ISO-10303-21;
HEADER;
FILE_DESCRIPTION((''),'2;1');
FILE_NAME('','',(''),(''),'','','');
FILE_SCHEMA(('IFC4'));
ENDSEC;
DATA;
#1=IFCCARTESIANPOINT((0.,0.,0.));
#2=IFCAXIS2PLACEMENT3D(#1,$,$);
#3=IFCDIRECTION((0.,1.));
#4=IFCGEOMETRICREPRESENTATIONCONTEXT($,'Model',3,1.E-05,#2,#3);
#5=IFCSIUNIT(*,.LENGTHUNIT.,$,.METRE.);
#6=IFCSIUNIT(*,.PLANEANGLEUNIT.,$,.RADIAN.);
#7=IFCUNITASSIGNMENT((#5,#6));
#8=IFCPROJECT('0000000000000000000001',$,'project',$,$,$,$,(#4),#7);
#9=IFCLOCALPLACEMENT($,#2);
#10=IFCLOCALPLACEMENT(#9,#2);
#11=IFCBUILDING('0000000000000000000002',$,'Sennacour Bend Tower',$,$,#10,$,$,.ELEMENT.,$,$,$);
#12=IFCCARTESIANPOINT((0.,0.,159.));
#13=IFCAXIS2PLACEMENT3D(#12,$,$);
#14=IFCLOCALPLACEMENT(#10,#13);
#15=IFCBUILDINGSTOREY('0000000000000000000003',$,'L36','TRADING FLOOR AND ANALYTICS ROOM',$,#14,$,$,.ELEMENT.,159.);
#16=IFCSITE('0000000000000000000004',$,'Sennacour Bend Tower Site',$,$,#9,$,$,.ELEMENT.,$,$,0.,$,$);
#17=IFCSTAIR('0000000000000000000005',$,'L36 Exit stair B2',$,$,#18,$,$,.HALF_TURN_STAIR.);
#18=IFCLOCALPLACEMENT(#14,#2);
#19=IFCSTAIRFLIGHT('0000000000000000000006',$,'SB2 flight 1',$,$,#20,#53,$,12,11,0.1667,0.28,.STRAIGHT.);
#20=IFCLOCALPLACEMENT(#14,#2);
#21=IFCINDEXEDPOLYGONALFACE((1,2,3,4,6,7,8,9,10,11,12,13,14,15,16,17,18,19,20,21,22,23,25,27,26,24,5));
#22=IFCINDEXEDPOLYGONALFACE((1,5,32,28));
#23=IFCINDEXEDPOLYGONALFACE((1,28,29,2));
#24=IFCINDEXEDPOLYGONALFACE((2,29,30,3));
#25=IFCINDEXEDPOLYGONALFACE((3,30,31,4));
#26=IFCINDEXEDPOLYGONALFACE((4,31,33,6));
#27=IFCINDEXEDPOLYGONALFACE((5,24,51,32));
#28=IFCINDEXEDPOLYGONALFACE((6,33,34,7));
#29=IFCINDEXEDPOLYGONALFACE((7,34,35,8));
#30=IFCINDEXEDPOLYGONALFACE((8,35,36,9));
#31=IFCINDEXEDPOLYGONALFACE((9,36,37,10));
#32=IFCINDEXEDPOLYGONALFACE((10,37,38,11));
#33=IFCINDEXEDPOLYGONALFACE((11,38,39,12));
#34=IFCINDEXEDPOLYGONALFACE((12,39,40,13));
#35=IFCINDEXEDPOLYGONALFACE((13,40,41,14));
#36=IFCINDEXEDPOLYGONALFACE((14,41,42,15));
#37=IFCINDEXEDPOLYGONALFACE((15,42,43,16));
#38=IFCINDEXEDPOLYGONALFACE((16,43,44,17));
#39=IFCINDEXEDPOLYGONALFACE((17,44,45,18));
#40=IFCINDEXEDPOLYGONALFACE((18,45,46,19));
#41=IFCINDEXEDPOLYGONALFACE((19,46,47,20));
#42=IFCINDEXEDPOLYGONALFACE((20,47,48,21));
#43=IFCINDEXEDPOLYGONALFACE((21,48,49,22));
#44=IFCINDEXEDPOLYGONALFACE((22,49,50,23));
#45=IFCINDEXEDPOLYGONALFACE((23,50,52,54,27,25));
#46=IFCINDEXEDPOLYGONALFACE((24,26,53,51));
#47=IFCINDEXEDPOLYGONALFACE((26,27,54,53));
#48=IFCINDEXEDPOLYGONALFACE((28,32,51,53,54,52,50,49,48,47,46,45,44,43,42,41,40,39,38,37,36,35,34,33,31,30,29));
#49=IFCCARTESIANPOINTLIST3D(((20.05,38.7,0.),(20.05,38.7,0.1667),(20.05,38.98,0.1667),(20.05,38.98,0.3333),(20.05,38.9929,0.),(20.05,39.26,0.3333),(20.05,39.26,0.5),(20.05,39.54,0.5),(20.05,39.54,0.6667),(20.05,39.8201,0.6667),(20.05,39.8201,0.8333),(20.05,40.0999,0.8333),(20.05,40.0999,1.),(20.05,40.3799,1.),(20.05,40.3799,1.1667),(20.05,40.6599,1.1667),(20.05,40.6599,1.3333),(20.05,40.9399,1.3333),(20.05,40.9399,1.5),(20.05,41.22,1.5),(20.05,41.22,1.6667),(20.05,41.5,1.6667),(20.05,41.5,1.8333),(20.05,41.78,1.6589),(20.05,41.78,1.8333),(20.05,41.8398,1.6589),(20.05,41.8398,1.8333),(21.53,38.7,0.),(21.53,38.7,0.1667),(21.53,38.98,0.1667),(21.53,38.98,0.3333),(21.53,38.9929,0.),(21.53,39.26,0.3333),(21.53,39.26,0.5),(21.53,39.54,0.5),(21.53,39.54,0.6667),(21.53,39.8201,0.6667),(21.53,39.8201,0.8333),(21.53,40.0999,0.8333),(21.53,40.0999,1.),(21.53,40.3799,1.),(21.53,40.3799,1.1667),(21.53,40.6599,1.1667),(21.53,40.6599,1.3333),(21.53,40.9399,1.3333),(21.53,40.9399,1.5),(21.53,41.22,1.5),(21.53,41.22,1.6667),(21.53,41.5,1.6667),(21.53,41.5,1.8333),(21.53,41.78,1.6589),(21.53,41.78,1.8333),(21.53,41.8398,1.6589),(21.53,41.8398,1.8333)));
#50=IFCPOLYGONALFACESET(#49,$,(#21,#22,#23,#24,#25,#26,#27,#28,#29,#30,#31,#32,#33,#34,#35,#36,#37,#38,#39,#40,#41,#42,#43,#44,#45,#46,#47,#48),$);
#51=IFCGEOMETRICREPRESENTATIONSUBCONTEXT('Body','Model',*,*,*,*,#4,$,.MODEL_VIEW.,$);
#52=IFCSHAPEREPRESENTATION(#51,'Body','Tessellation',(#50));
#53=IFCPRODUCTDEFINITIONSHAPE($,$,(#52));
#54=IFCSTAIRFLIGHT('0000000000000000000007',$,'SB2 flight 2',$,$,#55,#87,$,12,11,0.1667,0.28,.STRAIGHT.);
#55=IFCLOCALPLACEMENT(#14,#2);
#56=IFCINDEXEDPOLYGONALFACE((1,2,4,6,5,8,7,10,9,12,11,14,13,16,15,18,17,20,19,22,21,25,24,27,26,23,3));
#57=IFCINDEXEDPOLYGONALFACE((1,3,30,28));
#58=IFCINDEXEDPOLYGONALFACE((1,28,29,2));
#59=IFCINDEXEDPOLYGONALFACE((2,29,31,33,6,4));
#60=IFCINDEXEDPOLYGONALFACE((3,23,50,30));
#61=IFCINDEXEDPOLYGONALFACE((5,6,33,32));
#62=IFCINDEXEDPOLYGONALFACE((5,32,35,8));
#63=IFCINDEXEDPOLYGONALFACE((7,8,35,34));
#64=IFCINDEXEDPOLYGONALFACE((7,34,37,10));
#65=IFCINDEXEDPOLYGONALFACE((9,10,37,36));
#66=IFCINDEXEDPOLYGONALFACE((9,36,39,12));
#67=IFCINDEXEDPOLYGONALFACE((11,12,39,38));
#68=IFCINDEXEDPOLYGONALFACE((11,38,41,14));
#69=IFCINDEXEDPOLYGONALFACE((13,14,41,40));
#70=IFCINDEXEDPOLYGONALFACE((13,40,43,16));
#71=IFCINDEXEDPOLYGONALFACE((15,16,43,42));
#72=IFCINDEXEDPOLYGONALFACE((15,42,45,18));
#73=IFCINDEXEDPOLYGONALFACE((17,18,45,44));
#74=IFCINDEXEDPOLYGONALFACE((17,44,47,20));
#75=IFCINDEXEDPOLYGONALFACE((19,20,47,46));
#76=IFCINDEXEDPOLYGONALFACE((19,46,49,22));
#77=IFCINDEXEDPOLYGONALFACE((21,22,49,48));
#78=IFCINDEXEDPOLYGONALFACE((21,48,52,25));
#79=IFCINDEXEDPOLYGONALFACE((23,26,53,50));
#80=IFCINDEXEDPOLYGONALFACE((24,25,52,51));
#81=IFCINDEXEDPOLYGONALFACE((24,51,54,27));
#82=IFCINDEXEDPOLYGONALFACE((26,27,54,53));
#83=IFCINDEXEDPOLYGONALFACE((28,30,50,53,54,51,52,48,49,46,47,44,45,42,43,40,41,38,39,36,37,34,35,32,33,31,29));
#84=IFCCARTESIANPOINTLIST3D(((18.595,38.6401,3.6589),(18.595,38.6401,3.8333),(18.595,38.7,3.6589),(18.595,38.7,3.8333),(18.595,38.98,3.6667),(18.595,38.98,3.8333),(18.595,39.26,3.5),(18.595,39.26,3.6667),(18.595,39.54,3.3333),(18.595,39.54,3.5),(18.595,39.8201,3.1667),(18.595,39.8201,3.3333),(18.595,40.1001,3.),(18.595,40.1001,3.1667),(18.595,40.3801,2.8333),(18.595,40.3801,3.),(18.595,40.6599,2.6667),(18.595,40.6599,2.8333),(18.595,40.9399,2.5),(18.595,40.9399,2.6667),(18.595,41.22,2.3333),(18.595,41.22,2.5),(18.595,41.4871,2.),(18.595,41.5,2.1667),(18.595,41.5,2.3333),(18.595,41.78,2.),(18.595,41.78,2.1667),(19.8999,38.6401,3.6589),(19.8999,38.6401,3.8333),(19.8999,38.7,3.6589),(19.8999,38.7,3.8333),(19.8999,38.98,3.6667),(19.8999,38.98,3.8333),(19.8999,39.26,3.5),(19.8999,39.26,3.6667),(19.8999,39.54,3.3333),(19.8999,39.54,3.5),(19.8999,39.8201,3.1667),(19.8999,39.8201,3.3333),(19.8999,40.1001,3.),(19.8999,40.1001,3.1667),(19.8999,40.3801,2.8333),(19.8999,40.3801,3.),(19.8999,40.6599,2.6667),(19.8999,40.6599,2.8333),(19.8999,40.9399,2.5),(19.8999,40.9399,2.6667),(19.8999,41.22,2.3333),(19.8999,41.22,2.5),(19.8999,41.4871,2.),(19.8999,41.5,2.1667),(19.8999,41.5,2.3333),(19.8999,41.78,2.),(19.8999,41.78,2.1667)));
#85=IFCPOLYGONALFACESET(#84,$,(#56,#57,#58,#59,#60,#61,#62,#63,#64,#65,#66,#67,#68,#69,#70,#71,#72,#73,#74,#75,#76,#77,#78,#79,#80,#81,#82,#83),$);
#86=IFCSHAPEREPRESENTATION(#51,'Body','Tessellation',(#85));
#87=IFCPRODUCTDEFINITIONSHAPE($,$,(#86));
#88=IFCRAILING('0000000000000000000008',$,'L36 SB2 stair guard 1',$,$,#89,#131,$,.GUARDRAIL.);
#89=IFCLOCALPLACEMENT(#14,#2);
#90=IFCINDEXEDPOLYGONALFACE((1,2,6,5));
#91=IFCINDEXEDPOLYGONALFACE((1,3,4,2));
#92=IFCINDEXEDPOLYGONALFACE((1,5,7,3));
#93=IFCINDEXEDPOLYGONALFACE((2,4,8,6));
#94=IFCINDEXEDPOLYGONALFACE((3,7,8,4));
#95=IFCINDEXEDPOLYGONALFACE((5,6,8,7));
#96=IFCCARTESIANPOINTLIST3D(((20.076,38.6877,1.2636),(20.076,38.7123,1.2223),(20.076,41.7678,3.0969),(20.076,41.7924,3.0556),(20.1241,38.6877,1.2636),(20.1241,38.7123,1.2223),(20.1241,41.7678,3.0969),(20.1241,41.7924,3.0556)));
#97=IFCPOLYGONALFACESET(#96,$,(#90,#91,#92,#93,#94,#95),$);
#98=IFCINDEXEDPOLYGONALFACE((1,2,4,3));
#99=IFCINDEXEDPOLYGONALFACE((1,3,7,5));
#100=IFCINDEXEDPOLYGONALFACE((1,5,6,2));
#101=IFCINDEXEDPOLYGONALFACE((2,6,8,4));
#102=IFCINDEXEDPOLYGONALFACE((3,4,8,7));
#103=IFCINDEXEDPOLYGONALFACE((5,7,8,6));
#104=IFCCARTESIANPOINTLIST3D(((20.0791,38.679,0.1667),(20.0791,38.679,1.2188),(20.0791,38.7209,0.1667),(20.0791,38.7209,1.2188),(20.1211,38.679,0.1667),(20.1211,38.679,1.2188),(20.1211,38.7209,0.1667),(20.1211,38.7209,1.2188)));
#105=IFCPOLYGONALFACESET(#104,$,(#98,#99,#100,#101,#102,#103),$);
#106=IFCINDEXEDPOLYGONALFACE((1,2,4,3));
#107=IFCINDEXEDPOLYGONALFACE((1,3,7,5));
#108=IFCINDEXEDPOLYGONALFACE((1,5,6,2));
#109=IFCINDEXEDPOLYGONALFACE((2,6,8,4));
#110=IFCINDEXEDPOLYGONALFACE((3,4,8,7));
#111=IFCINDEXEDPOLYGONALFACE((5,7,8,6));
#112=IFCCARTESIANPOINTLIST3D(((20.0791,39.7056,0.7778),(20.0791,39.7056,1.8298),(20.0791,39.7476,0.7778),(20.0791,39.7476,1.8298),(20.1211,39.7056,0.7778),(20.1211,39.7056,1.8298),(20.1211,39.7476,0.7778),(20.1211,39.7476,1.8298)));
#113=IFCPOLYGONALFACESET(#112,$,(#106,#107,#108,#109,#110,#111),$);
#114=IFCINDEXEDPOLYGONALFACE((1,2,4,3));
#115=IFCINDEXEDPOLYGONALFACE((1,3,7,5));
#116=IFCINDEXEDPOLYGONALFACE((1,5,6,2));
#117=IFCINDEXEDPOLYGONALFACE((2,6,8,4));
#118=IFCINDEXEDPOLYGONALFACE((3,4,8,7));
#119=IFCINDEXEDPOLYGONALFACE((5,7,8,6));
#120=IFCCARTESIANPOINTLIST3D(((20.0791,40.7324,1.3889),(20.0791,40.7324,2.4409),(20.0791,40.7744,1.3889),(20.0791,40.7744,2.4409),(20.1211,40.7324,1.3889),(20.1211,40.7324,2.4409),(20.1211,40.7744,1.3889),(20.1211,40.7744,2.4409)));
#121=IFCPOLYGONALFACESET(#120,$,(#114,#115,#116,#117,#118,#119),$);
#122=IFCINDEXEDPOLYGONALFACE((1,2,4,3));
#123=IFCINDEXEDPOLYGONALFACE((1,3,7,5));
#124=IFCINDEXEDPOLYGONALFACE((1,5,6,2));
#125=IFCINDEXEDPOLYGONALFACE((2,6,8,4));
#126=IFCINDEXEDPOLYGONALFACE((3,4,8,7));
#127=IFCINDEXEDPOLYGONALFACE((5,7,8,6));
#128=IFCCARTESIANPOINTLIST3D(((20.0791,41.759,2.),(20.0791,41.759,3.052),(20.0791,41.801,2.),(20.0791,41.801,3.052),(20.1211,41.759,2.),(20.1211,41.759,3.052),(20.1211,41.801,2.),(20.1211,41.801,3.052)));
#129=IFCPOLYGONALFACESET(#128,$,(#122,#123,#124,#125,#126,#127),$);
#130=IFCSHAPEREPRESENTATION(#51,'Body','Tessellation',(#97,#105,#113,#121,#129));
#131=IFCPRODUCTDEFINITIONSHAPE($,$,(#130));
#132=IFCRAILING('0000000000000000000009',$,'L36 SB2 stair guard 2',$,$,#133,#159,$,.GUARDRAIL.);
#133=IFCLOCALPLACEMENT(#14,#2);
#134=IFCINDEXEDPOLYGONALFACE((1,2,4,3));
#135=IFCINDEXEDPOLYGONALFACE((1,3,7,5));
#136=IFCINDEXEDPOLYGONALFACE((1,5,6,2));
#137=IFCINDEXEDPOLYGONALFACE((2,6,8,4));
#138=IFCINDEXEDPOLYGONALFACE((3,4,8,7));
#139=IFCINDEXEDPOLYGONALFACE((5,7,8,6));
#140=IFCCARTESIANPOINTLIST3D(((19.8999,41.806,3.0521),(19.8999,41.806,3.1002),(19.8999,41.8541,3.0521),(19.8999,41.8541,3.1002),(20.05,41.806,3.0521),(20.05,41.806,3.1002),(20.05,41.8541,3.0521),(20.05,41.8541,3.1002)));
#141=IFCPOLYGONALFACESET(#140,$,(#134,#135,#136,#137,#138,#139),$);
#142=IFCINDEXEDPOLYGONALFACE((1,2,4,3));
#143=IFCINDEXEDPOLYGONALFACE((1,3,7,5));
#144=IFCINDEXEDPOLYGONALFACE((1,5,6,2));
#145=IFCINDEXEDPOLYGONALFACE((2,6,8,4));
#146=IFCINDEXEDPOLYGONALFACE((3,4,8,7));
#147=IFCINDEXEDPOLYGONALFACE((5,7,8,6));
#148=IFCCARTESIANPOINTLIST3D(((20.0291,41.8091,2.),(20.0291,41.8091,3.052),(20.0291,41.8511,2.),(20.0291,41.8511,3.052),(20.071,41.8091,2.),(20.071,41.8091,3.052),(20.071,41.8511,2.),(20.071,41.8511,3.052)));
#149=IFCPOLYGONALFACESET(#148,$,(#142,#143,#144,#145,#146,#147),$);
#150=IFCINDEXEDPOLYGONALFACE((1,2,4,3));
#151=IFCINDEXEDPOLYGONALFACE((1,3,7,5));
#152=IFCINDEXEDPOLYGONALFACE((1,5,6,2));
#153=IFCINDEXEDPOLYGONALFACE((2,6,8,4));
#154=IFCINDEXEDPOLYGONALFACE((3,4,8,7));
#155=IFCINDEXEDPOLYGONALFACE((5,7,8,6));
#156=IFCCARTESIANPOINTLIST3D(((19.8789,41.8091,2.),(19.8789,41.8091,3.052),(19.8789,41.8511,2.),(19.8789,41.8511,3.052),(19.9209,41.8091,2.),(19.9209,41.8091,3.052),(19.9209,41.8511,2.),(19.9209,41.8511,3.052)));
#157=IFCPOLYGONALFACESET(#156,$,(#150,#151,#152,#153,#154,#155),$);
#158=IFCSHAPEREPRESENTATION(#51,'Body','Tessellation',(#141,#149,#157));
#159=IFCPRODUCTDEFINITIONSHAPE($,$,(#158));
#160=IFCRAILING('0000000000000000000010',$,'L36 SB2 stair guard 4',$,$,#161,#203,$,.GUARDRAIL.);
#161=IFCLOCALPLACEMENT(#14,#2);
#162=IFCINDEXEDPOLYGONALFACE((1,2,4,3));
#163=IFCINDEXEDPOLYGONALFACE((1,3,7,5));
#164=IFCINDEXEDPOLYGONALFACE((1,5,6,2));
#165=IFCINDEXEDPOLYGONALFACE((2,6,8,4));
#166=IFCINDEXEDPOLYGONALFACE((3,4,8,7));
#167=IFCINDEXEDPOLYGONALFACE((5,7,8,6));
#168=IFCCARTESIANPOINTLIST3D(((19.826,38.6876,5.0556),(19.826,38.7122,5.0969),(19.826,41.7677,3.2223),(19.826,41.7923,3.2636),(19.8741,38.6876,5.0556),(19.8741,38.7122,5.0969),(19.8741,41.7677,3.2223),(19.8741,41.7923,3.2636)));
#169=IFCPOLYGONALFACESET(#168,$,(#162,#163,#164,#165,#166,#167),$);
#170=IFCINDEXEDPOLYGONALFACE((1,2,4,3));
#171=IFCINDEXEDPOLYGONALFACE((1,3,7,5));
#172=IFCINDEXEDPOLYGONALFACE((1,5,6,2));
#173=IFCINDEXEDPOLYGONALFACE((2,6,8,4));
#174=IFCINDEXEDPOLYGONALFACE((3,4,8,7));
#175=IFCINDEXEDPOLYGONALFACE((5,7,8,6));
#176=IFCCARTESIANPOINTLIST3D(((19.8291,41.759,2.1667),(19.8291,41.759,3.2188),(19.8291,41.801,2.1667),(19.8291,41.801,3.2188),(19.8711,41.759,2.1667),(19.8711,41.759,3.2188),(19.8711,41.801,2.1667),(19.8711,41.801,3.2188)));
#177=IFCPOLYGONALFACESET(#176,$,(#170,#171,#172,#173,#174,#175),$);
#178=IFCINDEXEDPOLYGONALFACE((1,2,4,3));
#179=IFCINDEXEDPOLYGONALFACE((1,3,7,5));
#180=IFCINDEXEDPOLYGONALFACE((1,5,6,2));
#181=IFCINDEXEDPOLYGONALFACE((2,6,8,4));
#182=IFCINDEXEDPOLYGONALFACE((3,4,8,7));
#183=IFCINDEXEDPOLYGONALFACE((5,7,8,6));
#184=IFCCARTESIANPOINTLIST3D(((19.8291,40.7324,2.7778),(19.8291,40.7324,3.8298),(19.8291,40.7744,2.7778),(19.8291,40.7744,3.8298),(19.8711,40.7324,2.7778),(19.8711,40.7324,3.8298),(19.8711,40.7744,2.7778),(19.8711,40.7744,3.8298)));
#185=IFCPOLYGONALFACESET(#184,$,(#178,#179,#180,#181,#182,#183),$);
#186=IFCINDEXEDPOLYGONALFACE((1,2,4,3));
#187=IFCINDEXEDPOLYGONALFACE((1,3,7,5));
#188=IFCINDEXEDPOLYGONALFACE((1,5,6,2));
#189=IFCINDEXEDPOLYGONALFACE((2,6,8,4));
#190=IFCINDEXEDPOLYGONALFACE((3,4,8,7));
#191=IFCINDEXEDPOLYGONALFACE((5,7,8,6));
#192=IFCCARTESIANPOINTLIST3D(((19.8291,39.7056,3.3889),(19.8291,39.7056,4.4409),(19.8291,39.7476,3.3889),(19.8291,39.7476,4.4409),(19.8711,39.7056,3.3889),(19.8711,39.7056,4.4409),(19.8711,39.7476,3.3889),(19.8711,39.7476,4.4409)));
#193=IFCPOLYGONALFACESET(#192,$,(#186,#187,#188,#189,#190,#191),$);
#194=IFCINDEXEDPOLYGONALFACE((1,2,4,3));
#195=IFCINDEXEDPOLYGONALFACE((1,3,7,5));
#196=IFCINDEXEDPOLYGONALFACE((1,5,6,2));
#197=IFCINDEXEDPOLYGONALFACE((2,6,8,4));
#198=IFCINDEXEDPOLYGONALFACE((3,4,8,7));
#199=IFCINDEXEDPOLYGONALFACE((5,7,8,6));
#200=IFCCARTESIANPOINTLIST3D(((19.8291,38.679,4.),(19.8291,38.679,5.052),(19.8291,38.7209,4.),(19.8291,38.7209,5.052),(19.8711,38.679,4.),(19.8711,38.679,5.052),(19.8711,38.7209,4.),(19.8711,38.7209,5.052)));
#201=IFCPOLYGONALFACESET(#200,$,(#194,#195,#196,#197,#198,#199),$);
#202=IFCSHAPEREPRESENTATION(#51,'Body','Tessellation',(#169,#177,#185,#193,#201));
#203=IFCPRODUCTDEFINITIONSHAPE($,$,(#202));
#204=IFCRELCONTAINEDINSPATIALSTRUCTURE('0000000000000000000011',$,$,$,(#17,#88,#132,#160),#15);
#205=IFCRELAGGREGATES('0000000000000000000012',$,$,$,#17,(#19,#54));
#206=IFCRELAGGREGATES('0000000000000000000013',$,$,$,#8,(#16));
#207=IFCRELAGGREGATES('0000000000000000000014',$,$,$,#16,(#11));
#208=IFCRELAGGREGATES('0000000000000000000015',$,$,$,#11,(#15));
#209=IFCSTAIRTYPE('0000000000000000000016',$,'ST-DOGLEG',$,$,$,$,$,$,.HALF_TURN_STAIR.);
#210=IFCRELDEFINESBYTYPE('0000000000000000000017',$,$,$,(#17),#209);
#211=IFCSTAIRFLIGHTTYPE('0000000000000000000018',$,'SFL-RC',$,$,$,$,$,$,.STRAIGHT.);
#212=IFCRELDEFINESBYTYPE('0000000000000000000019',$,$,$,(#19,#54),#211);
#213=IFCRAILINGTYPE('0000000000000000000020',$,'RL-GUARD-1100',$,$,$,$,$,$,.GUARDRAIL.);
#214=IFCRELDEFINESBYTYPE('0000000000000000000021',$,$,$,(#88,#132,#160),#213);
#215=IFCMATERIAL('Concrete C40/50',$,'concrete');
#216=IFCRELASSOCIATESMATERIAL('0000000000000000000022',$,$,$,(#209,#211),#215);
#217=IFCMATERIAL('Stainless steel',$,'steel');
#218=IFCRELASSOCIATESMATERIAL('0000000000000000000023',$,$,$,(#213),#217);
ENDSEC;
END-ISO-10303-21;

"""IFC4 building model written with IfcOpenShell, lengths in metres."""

from ifc_helpers import new_model, si_unit, direction, frame, origin, origin_2d, place, context, subcontext, project, spatial, polyline, rectangle, outline, extrude, material, type_object, element, aggregate, save


model = new_model("IFC4")

# Units and contexts
model_context = context("Model", 3, precision=1e-05, world=origin(), true_north=direction((0.0, 1.0)))
body_context = subcontext(model_context, "Body", "Model", "MODEL_VIEW")
ifc_project = project(units=[si_unit("LENGTHUNIT", "METRE"), si_unit("PLANEANGLEUNIT", "RADIAN")], contexts=[model_context])

# Site, building, storey
site_placement = place(None, origin())
site = spatial("IfcSite", under=ifc_project, at=site_placement, Name="Sennacour Bend Tower Site", CompositionType="ELEMENT", RefElevation=0.0)
building_placement = place(site_placement, origin())
building = spatial("IfcBuilding", under=site, at=building_placement, Name="Sennacour Bend Tower", CompositionType="ELEMENT")
storey_placement = place(building_placement, frame((0.0, 0.0, 159.0)))
storey = spatial("IfcBuildingStorey", under=building, at=storey_placement, Name="L36", Description="TRADING FLOOR AND ANALYTICS ROOM", CompositionType="ELEMENT", Elevation=159.0)

# Shared definitions
ifc_material_1 = material(Name="Stainless steel", Category="steel")

# Stair, stair flights
ifc_material_2 = material(Name="Concrete C40/50", Category="concrete")
stair_type = type_object("IfcStairType", Name="ST-DOGLEG", PredefinedType="HALF_TURN_STAIR", material=ifc_material_2)
stair_placement = place(storey_placement, origin())
stair = element("IfcStair", 1, at=stair_placement, inside=storey, type_object=stair_type, Name="L36 Exit stair B2", PredefinedType="HALF_TURN_STAIR")
stair_flight_type = type_object("IfcStairFlightType", Name="SFL-RC", PredefinedType="STRAIGHT", material=ifc_material_2)
stair_flight_1_placement = place(storey_placement, frame((20.79, 38.7, 0.0), z_axis=(0.0, 0.0, 1.0), x_axis=(0.0, 1.0, 0.0)))
stair_flight_1 = element("IfcStairFlight", 2, at=stair_flight_1_placement, type_object=stair_flight_type, Name="SB2 flight 1", NumberOfRisers=12, NumberOfTreads=11, PredefinedType="STRAIGHT", RiserHeight=0.1667, TreadLength=0.28, context=body_context, shape_type="SweptSolid", body=[
    extrude(outline(polyline([(0.0, 0.0), (0.0, 0.1667), (0.28, 0.1667), (0.28, 0.3333), (0.5601, 0.3333), (0.5601, 0.5), (0.8401, 0.5), (0.8401, 0.6667), (1.1201, 0.6667), (1.1201, 0.8333), (1.3999, 0.8333), (1.3999, 1.0), (1.6799, 1.0), (1.6799, 1.1667), (1.96, 1.1667), (1.96, 1.3333), (2.24, 1.3333), (2.24, 1.5), (2.52, 1.5), (2.52, 1.6667), (2.8, 1.6667), (2.8, 1.8333), (3.0801, 1.8333), (3.1399, 1.8333), (3.1399, 1.6589), (3.0801, 1.6589), (0.293, 0.0), (0.0, 0.0)])), frame((0.0, 0.74, 0.0), z_axis=(0.0, -1.0, 0.0), x_axis=(1.0, 0.0, 0.0)), (0.0, 0.0, 1.0), 1.48),
])
stair_flight_2_placement = place(storey_placement, frame((19.2476, 41.78, 2.0), z_axis=(0.0, 0.0, 1.0), x_axis=(0.0, -1.0, 0.0)))
stair_flight_2 = element("IfcStairFlight", 3, at=stair_flight_2_placement, type_object=stair_flight_type, Name="SB2 flight 2", NumberOfRisers=12, NumberOfTreads=11, PredefinedType="STRAIGHT", RiserHeight=0.1667, TreadLength=0.28, context=body_context, shape_type="SweptSolid", body=[
    extrude(outline(polyline([(0.0, 0.0), (0.0, 0.1667), (0.28, 0.1667), (0.28, 0.3333), (0.5601, 0.3333), (0.5601, 0.5), (0.8401, 0.5), (0.8401, 0.6667), (1.1201, 0.6667), (1.1201, 0.8333), (1.3999, 0.8333), (1.3999, 1.0), (1.6799, 1.0), (1.6799, 1.1667), (1.96, 1.1667), (1.96, 1.3333), (2.24, 1.3333), (2.24, 1.5), (2.52, 1.5), (2.52, 1.6667), (2.8, 1.6667), (2.8, 1.8333), (3.0801, 1.8333), (3.1399, 1.8333), (3.1399, 1.6589), (3.0801, 1.6589), (0.293, 0.0), (0.0, 0.0)])), frame((0.0, 0.6523, 0.0), z_axis=(0.0, -1.0, 0.0), x_axis=(1.0, 0.0, 0.0)), (0.0, 0.0, 1.0), 1.3049),
])
aggregate(stair, [stair_flight_1, stair_flight_2])

# Railings
railing_type_1 = type_object("IfcRailingType", Name="RL-GUARD-1100", PredefinedType="GUARDRAIL", material=ifc_material_1)
railing_1_placement = place(storey_placement, frame((20.1001, 38.7, 0.1667)))
element("IfcRailing", 4, at=railing_1_placement, inside=storey, type_object=railing_type_1, Name="L36 SB2 stair guard 1", PredefinedType="GUARDRAIL", context=body_context, shape_type="SweptSolid", body=[
    extrude(rectangle(XDim=0.0481, YDim=0.0481, at=origin_2d()), frame((0.0, 0.0, 1.0762), z_axis=(0.0, 0.859309, 0.511458), x_axis=(-1.0, 0.0, 0.0)), (0.0, 0.0, 1.0), 3.5845),
    extrude(rectangle(XDim=0.042, YDim=0.042, at=origin_2d()), origin(), (0.0, 0.0, 1.0), 1.052),
    extrude(rectangle(XDim=0.042, YDim=0.042, at=origin_2d()), frame((0.0, 1.0266, 0.6111)), (0.0, 0.0, 1.0), 1.052),
    extrude(rectangle(XDim=0.042, YDim=0.042, at=origin_2d()), frame((0.0, 2.0535, 1.2222)), (0.0, 0.0, 1.0), 1.052),
    extrude(rectangle(XDim=0.042, YDim=0.042, at=origin_2d()), frame((0.0, 3.0801, 1.8333)), (0.0, 0.0, 1.0), 1.052),
])
railing_2_placement = place(storey_placement, frame((20.05, 41.8301, 2.0)))
element("IfcRailing", 5, at=railing_2_placement, inside=storey, type_object=railing_type_1, Name="L36 SB2 stair guard 2", PredefinedType="GUARDRAIL", context=body_context, shape_type="SweptSolid", body=[
    extrude(rectangle(XDim=0.0481, YDim=0.0481, at=origin_2d()), frame((0.0, 0.0, 1.0762), z_axis=(-1.0, 0.0, 0.0), x_axis=(0.0, -1.0, 0.0)), (0.0, 0.0, 1.0), 0.1501),
    extrude(rectangle(XDim=0.042, YDim=0.042, at=origin_2d()), origin(), (0.0, 0.0, 1.0), 1.052),
    extrude(rectangle(XDim=0.042, YDim=0.042, at=origin_2d()), frame((-0.1501, 0.0, 0.0)), (0.0, 0.0, 1.0), 1.052),
])
railing_3_placement = place(storey_placement, frame((19.8501, 41.78, 2.1667)))
element("IfcRailing", 6, at=railing_3_placement, inside=storey, type_object=railing_type_1, Name="L36 SB2 stair guard 4", PredefinedType="GUARDRAIL", context=body_context, shape_type="SweptSolid", body=[
    extrude(rectangle(XDim=0.0481, YDim=0.0481, at=origin_2d()), frame((0.0, 0.0, 1.0762), z_axis=(0.0, -0.859309, 0.511458), x_axis=(1.0, 0.0, 0.0)), (0.0, 0.0, 1.0), 3.5845),
    extrude(rectangle(XDim=0.042, YDim=0.042, at=origin_2d()), origin(), (0.0, 0.0, 1.0), 1.052),
    extrude(rectangle(XDim=0.042, YDim=0.042, at=origin_2d()), frame((0.0, -1.0266, 0.6111)), (0.0, 0.0, 1.0), 1.052),
    extrude(rectangle(XDim=0.042, YDim=0.042, at=origin_2d()), frame((0.0, -2.0535, 1.2222)), (0.0, 0.0, 1.0), 1.052),
    extrude(rectangle(XDim=0.042, YDim=0.042, at=origin_2d()), frame((0.0, -3.0801, 1.8333)), (0.0, 0.0, 1.0), 1.052),
])

save(model, "model.ifc")
